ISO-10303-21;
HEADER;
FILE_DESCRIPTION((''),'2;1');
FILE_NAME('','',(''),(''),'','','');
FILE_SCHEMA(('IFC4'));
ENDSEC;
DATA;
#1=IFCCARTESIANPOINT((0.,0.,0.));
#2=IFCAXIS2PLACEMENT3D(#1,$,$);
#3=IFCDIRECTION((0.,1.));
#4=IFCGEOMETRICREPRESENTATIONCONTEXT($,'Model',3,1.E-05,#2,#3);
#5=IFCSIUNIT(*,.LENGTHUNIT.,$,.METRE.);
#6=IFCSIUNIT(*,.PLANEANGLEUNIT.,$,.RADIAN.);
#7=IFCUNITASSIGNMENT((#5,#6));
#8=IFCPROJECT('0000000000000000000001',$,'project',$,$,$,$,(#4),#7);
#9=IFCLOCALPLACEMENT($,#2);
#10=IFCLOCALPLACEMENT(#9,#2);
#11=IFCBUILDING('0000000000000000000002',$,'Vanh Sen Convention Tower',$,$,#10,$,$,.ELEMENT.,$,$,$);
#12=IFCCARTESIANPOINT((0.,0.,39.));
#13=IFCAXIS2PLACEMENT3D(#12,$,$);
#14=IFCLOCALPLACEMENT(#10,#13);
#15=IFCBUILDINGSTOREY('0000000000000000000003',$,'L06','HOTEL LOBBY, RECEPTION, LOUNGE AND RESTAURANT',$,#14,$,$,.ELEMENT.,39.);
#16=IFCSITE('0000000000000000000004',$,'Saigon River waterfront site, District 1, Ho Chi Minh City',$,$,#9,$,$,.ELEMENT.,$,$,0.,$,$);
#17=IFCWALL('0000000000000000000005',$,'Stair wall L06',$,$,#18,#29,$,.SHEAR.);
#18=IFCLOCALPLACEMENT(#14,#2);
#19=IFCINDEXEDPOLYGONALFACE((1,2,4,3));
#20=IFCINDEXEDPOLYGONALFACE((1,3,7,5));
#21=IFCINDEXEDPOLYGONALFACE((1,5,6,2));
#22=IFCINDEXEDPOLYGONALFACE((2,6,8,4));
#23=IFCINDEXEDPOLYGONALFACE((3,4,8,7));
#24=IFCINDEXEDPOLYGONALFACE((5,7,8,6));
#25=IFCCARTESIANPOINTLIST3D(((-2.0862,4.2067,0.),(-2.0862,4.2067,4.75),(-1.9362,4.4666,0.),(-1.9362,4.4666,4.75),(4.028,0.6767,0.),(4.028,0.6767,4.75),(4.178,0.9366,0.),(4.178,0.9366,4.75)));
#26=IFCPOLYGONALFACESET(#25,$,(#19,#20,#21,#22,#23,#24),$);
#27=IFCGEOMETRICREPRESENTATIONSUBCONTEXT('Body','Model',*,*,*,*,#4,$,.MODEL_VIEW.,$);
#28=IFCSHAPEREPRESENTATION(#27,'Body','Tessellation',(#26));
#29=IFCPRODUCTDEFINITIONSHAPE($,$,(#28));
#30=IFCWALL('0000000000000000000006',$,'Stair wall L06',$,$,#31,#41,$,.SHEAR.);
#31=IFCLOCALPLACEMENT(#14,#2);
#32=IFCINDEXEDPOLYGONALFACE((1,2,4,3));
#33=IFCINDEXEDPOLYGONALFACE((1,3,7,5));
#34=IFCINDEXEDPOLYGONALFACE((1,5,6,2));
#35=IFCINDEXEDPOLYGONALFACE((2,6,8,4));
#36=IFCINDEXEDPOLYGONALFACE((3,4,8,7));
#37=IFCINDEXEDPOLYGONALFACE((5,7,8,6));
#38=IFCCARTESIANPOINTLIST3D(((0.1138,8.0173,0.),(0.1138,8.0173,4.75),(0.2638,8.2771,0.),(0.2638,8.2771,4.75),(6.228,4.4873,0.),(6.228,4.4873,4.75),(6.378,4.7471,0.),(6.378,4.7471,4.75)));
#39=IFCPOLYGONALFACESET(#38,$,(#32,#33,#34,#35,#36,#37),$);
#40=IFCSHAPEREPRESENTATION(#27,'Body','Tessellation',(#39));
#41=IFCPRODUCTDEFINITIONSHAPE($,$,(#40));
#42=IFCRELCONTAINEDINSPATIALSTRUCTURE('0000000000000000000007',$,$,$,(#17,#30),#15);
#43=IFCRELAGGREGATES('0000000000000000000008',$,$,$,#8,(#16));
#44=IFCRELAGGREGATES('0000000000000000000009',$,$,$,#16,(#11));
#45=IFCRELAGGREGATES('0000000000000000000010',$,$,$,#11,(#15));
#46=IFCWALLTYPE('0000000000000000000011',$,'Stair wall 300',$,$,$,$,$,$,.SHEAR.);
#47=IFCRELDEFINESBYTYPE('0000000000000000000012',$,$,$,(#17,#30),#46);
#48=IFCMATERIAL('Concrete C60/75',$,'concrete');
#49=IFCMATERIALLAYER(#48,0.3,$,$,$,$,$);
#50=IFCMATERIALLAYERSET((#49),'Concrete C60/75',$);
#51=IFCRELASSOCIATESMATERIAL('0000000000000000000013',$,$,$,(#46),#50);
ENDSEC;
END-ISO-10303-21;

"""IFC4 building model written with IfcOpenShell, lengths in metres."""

from ifc_helpers import new_model, si_unit, direction, frame, frame_2d, origin, place, context, subcontext, project, spatial, rectangle, extrude, material, layer, layer_set, type_object, element, save


model = new_model("IFC4")

# Units and contexts
model_context = context("Model", 3, precision=1e-05, world=origin(), true_north=direction((0.0, 1.0)))
body_context = subcontext(model_context, "Body", "Model", "MODEL_VIEW")
ifc_project = project(units=[si_unit("LENGTHUNIT", "METRE"), si_unit("PLANEANGLEUNIT", "RADIAN")], contexts=[model_context])

# Site, building, storey
site_placement = place(None, origin())
site = spatial("IfcSite", under=ifc_project, at=site_placement, Name="Saigon River waterfront site, District 1, Ho Chi Minh City", CompositionType="ELEMENT", RefElevation=0.0)
building_placement = place(site_placement, origin())
building = spatial("IfcBuilding", under=site, at=building_placement, Name="Vanh Sen Convention Tower", CompositionType="ELEMENT")
storey_placement = place(building_placement, frame((0.0, 0.0, 39.0)))
storey = spatial("IfcBuildingStorey", under=building, at=storey_placement, Name="L06", Description="HOTEL LOBBY, RECEPTION, LOUNGE AND RESTAURANT", CompositionType="ELEMENT", Elevation=39.0)

# Shared definitions
ifc_material_1 = material(Name="Concrete C60/75", Category="concrete")

# Shared definitions
ifc_layer_1 = layer(ifc_material_1, 0.3)
ifc_layer_set_1 = layer_set([ifc_layer_1], Name="Concrete C60/75")
wall_type_1 = type_object("IfcWallType", Name="Stair wall 300", PredefinedType="SHEAR", material=ifc_layer_set_1)

# Walls
for number, where, z_axis, x_axis, name in (
    (1, (4.103, 0.8066, 0.0), (0.0, 0.0, 1.0), (-0.866028, 0.499996, 0.0), "Stair wall L06"),
    (2, (6.303, 4.6172, 0.0), (0.0, 0.0, 1.0), (-0.866028, 0.499996, 0.0), "Stair wall L06"),
):
    element("IfcWall", number, at=place(storey_placement, frame(where, z_axis=z_axis, x_axis=x_axis)), inside=storey, type_object=wall_type_1, Name=name, PredefinedType="SHEAR", context=body_context, shape_type="SweptSolid", body=[
        extrude(rectangle(XDim=7.0601, YDim=0.3, at=frame_2d((3.53, 0.0))), origin(), (0.0, 0.0, 1.0), 4.75),
    ])

save(model, "model.ifc")
